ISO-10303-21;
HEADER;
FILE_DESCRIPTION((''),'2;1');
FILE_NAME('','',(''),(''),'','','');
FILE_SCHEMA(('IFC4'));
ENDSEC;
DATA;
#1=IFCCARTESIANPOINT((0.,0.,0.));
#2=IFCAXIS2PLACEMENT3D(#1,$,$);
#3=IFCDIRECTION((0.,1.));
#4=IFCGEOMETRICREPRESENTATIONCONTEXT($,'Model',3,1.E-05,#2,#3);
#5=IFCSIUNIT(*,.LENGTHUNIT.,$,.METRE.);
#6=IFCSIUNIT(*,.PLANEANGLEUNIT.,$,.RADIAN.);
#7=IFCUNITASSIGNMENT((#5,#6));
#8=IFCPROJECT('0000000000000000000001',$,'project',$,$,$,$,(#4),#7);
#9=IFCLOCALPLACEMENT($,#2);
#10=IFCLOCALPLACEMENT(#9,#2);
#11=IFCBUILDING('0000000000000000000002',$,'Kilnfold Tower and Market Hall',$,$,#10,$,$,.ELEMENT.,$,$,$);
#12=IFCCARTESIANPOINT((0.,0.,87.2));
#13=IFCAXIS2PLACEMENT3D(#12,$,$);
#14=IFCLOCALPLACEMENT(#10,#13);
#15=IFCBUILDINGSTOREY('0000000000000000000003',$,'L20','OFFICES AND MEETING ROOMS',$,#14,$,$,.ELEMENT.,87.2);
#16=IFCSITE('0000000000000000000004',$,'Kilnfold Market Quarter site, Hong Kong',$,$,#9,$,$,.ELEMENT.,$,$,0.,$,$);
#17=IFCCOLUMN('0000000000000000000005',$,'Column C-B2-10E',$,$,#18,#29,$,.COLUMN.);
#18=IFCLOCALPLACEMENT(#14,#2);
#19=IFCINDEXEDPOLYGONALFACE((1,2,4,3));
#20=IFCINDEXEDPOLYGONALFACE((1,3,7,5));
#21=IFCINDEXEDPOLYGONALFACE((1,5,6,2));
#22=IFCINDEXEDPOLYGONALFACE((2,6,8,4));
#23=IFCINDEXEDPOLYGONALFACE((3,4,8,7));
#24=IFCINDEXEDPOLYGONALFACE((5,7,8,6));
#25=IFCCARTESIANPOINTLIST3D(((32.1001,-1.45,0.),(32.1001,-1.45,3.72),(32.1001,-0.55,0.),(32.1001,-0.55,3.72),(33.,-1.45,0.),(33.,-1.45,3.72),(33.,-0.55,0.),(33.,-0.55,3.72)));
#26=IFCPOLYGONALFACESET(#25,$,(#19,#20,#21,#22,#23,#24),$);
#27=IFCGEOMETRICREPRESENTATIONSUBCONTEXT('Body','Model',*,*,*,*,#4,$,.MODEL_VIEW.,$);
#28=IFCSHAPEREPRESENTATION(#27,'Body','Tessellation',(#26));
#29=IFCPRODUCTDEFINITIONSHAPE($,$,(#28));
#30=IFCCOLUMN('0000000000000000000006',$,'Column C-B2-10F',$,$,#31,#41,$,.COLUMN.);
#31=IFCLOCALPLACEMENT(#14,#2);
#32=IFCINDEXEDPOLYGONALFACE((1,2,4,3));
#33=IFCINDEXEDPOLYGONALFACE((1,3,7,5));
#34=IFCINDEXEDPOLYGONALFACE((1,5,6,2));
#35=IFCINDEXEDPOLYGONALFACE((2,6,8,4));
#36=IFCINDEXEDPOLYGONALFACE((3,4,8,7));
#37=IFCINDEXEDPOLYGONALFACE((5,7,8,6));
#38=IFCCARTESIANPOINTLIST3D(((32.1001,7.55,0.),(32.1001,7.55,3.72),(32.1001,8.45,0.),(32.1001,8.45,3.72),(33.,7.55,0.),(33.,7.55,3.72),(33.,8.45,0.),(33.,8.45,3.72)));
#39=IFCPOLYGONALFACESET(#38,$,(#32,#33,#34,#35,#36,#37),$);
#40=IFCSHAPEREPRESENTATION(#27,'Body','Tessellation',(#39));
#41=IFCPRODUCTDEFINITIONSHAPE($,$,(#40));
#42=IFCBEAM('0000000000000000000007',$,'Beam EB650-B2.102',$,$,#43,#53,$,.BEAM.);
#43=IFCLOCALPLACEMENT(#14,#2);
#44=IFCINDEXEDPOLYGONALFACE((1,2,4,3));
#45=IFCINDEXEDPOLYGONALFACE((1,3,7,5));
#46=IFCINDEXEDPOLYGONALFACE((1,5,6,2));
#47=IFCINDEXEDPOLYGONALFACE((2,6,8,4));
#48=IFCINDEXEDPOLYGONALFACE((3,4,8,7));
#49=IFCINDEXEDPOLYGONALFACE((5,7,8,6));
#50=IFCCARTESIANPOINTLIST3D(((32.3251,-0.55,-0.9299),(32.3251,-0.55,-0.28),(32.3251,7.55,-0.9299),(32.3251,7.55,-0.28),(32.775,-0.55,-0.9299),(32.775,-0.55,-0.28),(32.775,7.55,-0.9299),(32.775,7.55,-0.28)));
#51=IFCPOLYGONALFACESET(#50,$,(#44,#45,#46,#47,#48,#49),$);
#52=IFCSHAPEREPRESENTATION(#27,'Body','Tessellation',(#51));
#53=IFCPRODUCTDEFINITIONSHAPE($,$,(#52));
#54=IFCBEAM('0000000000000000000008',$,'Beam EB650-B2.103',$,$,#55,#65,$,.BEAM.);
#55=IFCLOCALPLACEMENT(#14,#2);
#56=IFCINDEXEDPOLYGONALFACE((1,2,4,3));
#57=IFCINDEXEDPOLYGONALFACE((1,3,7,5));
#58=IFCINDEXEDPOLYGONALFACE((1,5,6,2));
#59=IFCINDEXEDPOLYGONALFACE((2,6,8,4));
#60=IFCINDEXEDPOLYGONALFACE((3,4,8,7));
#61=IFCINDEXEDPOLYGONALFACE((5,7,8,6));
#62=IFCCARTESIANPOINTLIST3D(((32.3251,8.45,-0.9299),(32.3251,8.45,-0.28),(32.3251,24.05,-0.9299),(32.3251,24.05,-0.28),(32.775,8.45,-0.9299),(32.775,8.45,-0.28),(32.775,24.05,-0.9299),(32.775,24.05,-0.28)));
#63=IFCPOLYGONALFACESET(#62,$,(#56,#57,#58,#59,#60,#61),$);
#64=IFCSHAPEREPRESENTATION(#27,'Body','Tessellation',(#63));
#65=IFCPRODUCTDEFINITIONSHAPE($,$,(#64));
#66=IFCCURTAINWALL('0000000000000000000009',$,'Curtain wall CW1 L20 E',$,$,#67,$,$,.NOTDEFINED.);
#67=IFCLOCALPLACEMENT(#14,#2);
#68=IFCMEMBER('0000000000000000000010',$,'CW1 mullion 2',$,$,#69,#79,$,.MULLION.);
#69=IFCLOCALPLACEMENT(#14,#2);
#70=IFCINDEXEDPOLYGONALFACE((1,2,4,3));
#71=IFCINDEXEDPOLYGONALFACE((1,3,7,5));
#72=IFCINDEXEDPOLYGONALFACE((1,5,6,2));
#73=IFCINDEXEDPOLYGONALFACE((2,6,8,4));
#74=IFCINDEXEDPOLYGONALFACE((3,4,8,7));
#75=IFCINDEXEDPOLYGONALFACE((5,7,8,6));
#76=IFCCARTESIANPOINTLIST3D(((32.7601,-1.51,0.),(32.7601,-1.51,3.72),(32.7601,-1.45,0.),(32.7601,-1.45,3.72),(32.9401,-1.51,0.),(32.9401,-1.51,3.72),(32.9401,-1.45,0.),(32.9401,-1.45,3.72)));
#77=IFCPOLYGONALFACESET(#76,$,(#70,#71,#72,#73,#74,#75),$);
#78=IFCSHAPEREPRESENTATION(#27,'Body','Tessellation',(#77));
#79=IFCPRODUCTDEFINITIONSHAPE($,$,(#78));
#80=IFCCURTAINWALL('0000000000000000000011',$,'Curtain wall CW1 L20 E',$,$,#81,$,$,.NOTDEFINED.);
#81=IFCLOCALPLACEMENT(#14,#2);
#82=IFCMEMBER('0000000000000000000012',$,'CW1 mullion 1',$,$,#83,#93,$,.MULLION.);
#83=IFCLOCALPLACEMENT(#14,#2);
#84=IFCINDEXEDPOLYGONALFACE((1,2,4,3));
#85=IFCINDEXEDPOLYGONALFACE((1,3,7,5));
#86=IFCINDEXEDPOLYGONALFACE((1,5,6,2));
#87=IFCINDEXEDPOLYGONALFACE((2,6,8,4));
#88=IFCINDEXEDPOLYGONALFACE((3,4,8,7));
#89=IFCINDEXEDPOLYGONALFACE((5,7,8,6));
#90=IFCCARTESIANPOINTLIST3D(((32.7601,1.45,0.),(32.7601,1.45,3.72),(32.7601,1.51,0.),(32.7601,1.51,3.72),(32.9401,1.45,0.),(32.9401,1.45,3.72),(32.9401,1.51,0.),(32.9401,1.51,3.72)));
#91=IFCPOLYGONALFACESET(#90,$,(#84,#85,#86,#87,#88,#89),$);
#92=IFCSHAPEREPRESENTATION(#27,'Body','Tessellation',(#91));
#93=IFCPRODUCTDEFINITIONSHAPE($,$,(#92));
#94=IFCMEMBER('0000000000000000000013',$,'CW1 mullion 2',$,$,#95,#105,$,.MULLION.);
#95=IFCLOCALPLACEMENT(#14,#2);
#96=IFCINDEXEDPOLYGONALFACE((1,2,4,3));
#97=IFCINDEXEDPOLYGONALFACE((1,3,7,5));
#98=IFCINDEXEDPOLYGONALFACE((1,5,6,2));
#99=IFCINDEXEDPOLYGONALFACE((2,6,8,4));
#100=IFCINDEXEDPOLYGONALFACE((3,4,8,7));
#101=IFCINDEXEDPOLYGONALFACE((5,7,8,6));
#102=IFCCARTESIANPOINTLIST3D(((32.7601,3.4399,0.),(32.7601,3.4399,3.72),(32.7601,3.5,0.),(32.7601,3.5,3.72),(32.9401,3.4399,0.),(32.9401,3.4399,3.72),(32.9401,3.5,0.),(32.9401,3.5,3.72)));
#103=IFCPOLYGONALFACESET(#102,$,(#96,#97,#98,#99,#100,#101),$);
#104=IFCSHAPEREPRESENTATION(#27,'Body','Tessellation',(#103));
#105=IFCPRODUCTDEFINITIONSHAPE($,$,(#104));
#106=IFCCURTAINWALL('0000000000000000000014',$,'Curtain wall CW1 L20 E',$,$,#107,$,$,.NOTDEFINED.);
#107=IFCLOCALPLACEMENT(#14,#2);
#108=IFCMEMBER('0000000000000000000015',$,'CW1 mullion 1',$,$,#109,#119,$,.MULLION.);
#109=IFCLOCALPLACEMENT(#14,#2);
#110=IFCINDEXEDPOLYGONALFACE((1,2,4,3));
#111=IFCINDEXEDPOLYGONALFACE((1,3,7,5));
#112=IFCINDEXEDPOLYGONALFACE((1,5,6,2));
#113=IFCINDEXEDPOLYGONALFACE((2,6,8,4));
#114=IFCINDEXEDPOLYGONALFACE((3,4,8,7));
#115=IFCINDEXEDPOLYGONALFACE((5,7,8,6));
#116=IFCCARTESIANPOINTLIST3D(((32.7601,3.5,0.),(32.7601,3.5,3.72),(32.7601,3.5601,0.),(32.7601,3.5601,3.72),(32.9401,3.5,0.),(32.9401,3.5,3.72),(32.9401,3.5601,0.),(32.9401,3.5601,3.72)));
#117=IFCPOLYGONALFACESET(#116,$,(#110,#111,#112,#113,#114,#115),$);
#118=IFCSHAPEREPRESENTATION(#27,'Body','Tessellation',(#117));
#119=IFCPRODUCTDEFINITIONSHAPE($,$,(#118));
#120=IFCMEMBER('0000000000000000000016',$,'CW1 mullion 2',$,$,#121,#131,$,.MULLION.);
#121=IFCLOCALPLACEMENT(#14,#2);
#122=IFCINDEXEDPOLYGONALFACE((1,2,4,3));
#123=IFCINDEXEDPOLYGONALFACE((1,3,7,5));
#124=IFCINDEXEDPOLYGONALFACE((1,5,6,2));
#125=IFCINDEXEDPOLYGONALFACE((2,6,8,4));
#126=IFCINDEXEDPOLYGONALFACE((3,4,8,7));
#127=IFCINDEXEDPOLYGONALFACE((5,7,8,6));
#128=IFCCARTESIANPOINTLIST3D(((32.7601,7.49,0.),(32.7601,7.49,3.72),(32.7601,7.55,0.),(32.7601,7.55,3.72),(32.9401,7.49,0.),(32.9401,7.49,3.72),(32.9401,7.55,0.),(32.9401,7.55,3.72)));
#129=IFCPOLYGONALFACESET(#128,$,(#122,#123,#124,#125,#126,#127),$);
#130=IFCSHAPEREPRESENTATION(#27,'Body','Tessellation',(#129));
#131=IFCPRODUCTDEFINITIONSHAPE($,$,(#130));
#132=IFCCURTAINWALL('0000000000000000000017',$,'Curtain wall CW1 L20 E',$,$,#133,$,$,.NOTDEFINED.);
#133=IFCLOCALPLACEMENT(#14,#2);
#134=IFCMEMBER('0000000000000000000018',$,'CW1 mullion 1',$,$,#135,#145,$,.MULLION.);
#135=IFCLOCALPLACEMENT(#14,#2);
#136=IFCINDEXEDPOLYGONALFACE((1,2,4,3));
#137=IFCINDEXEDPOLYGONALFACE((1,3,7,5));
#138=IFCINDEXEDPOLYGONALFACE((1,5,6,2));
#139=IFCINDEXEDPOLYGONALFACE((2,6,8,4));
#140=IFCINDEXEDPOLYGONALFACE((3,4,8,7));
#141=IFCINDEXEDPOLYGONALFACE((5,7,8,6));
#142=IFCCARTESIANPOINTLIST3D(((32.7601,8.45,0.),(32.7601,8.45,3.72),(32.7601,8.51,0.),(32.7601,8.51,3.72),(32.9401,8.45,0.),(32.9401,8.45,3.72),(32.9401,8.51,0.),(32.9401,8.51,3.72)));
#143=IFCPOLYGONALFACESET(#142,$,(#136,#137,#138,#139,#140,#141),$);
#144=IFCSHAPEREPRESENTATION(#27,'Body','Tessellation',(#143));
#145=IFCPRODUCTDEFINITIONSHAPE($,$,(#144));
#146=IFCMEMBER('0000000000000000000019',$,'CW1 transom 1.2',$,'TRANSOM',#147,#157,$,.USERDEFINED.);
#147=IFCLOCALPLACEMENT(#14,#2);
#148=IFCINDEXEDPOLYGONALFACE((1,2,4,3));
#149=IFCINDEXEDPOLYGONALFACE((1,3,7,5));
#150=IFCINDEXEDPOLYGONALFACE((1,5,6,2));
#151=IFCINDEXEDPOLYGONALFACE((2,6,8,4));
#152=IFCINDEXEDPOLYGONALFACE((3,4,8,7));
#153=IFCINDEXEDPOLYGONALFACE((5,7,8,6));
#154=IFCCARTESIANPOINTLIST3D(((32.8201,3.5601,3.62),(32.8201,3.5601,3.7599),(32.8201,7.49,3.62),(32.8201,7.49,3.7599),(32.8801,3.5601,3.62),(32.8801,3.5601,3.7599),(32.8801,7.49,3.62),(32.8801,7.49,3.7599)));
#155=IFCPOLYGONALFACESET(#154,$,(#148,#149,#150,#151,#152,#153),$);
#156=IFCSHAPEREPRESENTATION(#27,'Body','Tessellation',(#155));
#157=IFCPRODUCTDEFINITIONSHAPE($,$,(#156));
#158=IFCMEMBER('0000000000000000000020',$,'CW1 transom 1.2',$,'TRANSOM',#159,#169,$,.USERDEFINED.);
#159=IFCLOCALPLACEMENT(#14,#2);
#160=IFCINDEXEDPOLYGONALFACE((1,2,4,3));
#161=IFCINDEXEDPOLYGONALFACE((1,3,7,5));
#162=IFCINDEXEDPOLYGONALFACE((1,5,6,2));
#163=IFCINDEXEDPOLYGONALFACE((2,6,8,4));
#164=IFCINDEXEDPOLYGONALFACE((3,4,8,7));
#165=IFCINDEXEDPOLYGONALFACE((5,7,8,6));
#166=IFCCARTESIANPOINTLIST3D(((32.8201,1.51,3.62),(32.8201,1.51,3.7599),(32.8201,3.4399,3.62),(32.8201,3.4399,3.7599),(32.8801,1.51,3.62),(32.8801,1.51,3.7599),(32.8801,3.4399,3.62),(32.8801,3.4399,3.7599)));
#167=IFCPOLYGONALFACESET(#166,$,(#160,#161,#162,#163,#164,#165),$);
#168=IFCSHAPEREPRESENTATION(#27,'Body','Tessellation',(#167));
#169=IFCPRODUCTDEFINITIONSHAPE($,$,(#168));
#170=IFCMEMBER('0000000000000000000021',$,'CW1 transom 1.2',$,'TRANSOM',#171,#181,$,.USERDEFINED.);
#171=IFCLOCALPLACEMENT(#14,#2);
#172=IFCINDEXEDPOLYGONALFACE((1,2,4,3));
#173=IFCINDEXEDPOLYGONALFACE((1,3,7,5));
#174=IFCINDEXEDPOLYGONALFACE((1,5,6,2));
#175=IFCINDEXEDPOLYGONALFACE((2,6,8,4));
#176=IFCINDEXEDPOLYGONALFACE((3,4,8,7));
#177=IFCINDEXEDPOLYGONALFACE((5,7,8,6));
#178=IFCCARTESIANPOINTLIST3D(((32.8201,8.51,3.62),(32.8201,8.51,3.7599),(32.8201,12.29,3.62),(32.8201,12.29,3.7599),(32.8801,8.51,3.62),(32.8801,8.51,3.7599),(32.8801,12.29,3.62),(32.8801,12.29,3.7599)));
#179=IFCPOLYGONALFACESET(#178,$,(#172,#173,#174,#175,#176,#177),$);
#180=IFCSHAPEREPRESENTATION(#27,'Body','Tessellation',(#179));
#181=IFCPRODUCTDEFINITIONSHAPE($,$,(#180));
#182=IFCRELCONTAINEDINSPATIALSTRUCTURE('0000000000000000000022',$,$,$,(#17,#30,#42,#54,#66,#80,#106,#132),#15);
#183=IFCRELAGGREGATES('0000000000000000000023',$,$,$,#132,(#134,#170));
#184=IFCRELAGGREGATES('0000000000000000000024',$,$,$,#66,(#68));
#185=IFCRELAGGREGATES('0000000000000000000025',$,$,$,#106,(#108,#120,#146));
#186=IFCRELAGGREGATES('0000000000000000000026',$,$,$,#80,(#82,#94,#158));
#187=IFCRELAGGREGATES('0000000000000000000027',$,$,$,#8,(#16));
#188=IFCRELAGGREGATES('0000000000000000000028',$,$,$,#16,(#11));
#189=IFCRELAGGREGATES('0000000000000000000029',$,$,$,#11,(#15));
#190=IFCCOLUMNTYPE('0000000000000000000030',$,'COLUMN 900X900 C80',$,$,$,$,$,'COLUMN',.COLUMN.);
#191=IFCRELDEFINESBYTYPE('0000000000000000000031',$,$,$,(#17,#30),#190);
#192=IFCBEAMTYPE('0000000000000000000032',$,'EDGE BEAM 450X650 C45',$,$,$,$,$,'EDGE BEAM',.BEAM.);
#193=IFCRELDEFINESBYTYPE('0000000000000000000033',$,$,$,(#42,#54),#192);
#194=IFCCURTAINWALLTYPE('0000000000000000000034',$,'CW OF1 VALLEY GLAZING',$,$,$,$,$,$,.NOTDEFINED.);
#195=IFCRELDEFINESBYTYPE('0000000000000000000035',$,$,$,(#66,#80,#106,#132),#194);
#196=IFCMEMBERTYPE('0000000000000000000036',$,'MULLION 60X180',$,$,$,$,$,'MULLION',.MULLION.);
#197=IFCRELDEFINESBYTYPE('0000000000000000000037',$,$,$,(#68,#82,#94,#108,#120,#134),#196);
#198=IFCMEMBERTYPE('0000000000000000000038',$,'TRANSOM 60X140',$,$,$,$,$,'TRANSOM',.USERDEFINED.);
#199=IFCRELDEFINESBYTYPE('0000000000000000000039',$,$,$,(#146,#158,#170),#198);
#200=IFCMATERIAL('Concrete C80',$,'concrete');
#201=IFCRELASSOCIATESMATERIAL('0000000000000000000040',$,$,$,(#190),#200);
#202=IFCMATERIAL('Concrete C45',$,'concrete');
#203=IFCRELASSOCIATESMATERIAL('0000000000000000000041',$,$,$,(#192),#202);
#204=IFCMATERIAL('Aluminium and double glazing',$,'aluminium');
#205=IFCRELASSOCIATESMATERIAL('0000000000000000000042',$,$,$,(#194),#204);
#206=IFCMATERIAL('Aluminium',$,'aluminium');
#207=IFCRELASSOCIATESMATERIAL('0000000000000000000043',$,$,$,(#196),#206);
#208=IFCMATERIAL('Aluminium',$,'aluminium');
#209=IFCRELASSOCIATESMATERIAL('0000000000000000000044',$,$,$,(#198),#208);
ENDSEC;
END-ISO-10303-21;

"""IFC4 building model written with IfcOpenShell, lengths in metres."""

from ifc_helpers import new_model, si_unit, direction, frame, origin, origin_2d, place, context, subcontext, project, spatial, rectangle, extrude, source, transform, mapped, material, material_profile, profile_set, type_object, element, aggregate, save


model = new_model("IFC4")

# Units and contexts
model_context = context("Model", 3, precision=1e-05, world=origin(), true_north=direction((0.0, 1.0)))
body_context = subcontext(model_context, "Body", "Model", "MODEL_VIEW")
ifc_project = project(units=[si_unit("LENGTHUNIT", "METRE"), si_unit("PLANEANGLEUNIT", "RADIAN")], contexts=[model_context])

# Site, building, storey
site_placement = place(None, origin())
site = spatial("IfcSite", under=ifc_project, at=site_placement, Name="Kilnfold Market Quarter site, Hong Kong", CompositionType="ELEMENT", RefElevation=0.0)
building_placement = place(site_placement, origin())
building = spatial("IfcBuilding", under=site, at=building_placement, Name="Kilnfold Tower and Market Hall", CompositionType="ELEMENT")
storey_placement = place(building_placement, frame((0.0, 0.0, 87.2)))
storey = spatial("IfcBuildingStorey", under=building, at=storey_placement, Name="L20", Description="OFFICES AND MEETING ROOMS", CompositionType="ELEMENT", Elevation=87.2)

# Columns
ifc_material_1 = material(Name="Concrete C80", Category="concrete")
ifc_material_profile_1 = material_profile(ifc_material_1, rectangle(XDim=0.8999, YDim=0.8999, at=origin_2d()), Name="RC 900x900")
ifc_profile_set_1 = profile_set([ifc_material_profile_1], Name="Concrete C80")
column_type = type_object("IfcColumnType", Name="COLUMN 900X900 C80", ElementType="COLUMN", PredefinedType="COLUMN", material=ifc_profile_set_1)
shared_shape_1 = source(origin(), body_context, "Body", "SweptSolid", [
    extrude(rectangle(XDim=0.8999, YDim=0.8999, at=origin_2d()), origin(), (0.0, 0.0, 1.0), 3.72),
])
for number, where, z_axis, x_axis, name in (
    (1, (32.55, -1.0, 0.0), (0.0, 0.0, 1.0), (1.0, 0.0, 0.0), "Column C-B2-10E"),
    (2, (32.55, 8.0, 0.0), (0.0, 0.0, 1.0), (1.0, 0.0, 0.0), "Column C-B2-10F"),
):
    element("IfcColumn", number, at=place(storey_placement, frame(where, z_axis=z_axis, x_axis=x_axis)), inside=storey, type_object=column_type, Name=name, PredefinedType="COLUMN", context=body_context, shape_type="MappedRepresentation", body=[
        mapped(shared_shape_1, transform((0.0, 0.0, 0.0))),
    ])

# Beams
ifc_material_2 = material(Name="Concrete C45", Category="concrete")
ifc_material_profile_2 = material_profile(ifc_material_2, rectangle(XDim=0.45, YDim=0.6499, at=origin_2d()), Name="RC 450x650")
ifc_profile_set_2 = profile_set([ifc_material_profile_2], Name="Concrete C45")
beam_type = type_object("IfcBeamType", Name="EDGE BEAM 450X650 C45", ElementType="EDGE BEAM", PredefinedType="BEAM", material=ifc_profile_set_2)
shared_shape_2 = source(origin(), body_context, "Body", "SweptSolid", [
    extrude(rectangle(XDim=0.45, YDim=0.6499, at=origin_2d()), origin(), (0.0, 0.0, 1.0), 8.1001),
])
beam_1_placement = place(storey_placement, frame((32.55, -0.55, -0.605), z_axis=(0.0, 1.0, 0.0), x_axis=(-1.0, 0.0, 0.0)))
element("IfcBeam", 3, at=beam_1_placement, inside=storey, type_object=beam_type, Name="Beam EB650-B2.102", PredefinedType="BEAM", context=body_context, shape_type="MappedRepresentation", body=[
    mapped(shared_shape_2, transform((0.0, 0.0, 0.0))),
])
shared_shape_3 = source(origin(), body_context, "Body", "SweptSolid", [
    extrude(rectangle(XDim=0.45, YDim=0.6499, at=origin_2d()), origin(), (0.0, 0.0, 1.0), 15.6001),
])
beam_2_placement = place(storey_placement, frame((32.55, 8.45, -0.605), z_axis=(0.0, 1.0, 0.0), x_axis=(-1.0, 0.0, 0.0)))
element("IfcBeam", 4, at=beam_2_placement, inside=storey, type_object=beam_type, Name="Beam EB650-B2.103", PredefinedType="BEAM", context=body_context, shape_type="MappedRepresentation", body=[
    mapped(shared_shape_3, transform((0.0, 0.0, 0.0))),
])

# Curtain wall, member
ifc_material_3 = material(Name="Aluminium and double glazing", Category="aluminium")
curtain_wall_type = type_object("IfcCurtainWallType", Name="CW OF1 VALLEY GLAZING", PredefinedType="NOTDEFINED", material=ifc_material_3)
curtain_wall_1_placement = place(storey_placement, origin())
curtain_wall_1 = element("IfcCurtainWall", 5, at=curtain_wall_1_placement, inside=storey, type_object=curtain_wall_type, Name="Curtain wall CW1 L20 E", PredefinedType="NOTDEFINED")
ifc_material_4 = material(Name="Aluminium", Category="aluminium")
ifc_material_profile_3 = material_profile(ifc_material_4, rectangle(XDim=0.0601, YDim=0.1799, at=origin_2d()), Name="MULLION 60x180")
ifc_profile_set_3 = profile_set([ifc_material_profile_3], Name="Aluminium")
member_type_1 = type_object("IfcMemberType", Name="MULLION 60X180", ElementType="MULLION", PredefinedType="MULLION", material=ifc_profile_set_3)
shared_shape_4 = source(origin(), body_context, "Body", "SweptSolid", [
    extrude(rectangle(XDim=0.0601, YDim=0.1799, at=origin_2d()), origin(), (0.0, 0.0, 1.0), 3.72),
])
member_1_placement = place(storey_placement, frame((32.8501, -1.48, 0.0), z_axis=(0.0, 0.0, 1.0), x_axis=(0.0, 1.0, 0.0)))
member_1 = element("IfcMember", 6, at=member_1_placement, type_object=member_type_1, Name="CW1 mullion 2", PredefinedType="MULLION", context=body_context, shape_type="MappedRepresentation", body=[
    mapped(shared_shape_4, transform((0.0, 0.0, 0.0))),
])

# Curtain walls, members
curtain_wall_2_placement = place(storey_placement, origin())
curtain_wall_2 = element("IfcCurtainWall", 7, at=curtain_wall_2_placement, inside=storey, type_object=curtain_wall_type, Name="Curtain wall CW1 L20 E", PredefinedType="NOTDEFINED")
member_2_placement = place(storey_placement, frame((32.8501, 1.48, 0.0), z_axis=(0.0, 0.0, 1.0), x_axis=(0.0, 1.0, 0.0)))
member_2 = element("IfcMember", 8, at=member_2_placement, type_object=member_type_1, Name="CW1 mullion 1", PredefinedType="MULLION", context=body_context, shape_type="MappedRepresentation", body=[
    mapped(shared_shape_4, transform((0.0, 0.0, 0.0))),
])
member_3_placement = place(storey_placement, frame((32.8501, 3.47, 0.0), z_axis=(0.0, 0.0, 1.0), x_axis=(0.0, 1.0, 0.0)))
member_3 = element("IfcMember", 9, at=member_3_placement, type_object=member_type_1, Name="CW1 mullion 2", PredefinedType="MULLION", context=body_context, shape_type="MappedRepresentation", body=[
    mapped(shared_shape_4, transform((0.0, 0.0, 0.0))),
])
curtain_wall_3_placement = place(storey_placement, origin())
curtain_wall_3 = element("IfcCurtainWall", 10, at=curtain_wall_3_placement, inside=storey, type_object=curtain_wall_type, Name="Curtain wall CW1 L20 E", PredefinedType="NOTDEFINED")
member_4_placement = place(storey_placement, frame((32.8501, 3.53, 0.0), z_axis=(0.0, 0.0, 1.0), x_axis=(0.0, 1.0, 0.0)))
member_4 = element("IfcMember", 11, at=member_4_placement, type_object=member_type_1, Name="CW1 mullion 1", PredefinedType="MULLION", context=body_context, shape_type="MappedRepresentation", body=[
    mapped(shared_shape_4, transform((0.0, 0.0, 0.0))),
])
member_5_placement = place(storey_placement, frame((32.8501, 7.52, 0.0), z_axis=(0.0, 0.0, 1.0), x_axis=(0.0, 1.0, 0.0)))
member_5 = element("IfcMember", 12, at=member_5_placement, type_object=member_type_1, Name="CW1 mullion 2", PredefinedType="MULLION", context=body_context, shape_type="MappedRepresentation", body=[
    mapped(shared_shape_4, transform((0.0, 0.0, 0.0))),
])

# Curtain wall, member
curtain_wall_4_placement = place(storey_placement, origin())
curtain_wall_4 = element("IfcCurtainWall", 13, at=curtain_wall_4_placement, inside=storey, type_object=curtain_wall_type, Name="Curtain wall CW1 L20 E", PredefinedType="NOTDEFINED")
member_6_placement = place(storey_placement, frame((32.8501, 8.48, 0.0), z_axis=(0.0, 0.0, 1.0), x_axis=(0.0, 1.0, 0.0)))
member_6 = element("IfcMember", 14, at=member_6_placement, type_object=member_type_1, Name="CW1 mullion 1", PredefinedType="MULLION", context=body_context, shape_type="MappedRepresentation", body=[
    mapped(shared_shape_4, transform((0.0, 0.0, 0.0))),
])

# Members
ifc_material_5 = material(Name="Aluminium", Category="aluminium")
ifc_material_profile_4 = material_profile(ifc_material_5, rectangle(XDim=0.0601, YDim=0.1399, at=origin_2d()), Name="TRANSOM 60x140")
ifc_profile_set_4 = profile_set([ifc_material_profile_4], Name="Aluminium")
member_type_2 = type_object("IfcMemberType", Name="TRANSOM 60X140", ElementType="TRANSOM", PredefinedType="USERDEFINED", material=ifc_profile_set_4)
shared_shape_5 = source(origin(), body_context, "Body", "SweptSolid", [
    extrude(rectangle(XDim=0.0601, YDim=0.1399, at=origin_2d()), origin(), (0.0, 0.0, 1.0), 3.9299),
])
member_7_placement = place(storey_placement, frame((32.8501, 3.5601, 3.6899), z_axis=(0.0, 1.0, 0.0), x_axis=(-1.0, 0.0, 0.0)))
member_7 = element("IfcMember", 15, at=member_7_placement, type_object=member_type_2, Name="CW1 transom 1.2", ObjectType="TRANSOM", PredefinedType="USERDEFINED", context=body_context, shape_type="MappedRepresentation", body=[
    mapped(shared_shape_5, transform((0.0, 0.0, 0.0))),
])
shared_shape_6 = source(origin(), body_context, "Body", "SweptSolid", [
    extrude(rectangle(XDim=0.0601, YDim=0.1399, at=origin_2d()), origin(), (0.0, 0.0, 1.0), 1.9299),
])
member_8_placement = place(storey_placement, frame((32.8501, 1.51, 3.6899), z_axis=(0.0, 1.0, 0.0), x_axis=(-1.0, 0.0, 0.0)))
member_8 = element("IfcMember", 16, at=member_8_placement, type_object=member_type_2, Name="CW1 transom 1.2", ObjectType="TRANSOM", PredefinedType="USERDEFINED", context=body_context, shape_type="MappedRepresentation", body=[
    mapped(shared_shape_6, transform((0.0, 0.0, 0.0))),
])
shared_shape_7 = source(origin(), body_context, "Body", "SweptSolid", [
    extrude(rectangle(XDim=0.0601, YDim=0.1399, at=origin_2d()), origin(), (0.0, 0.0, 1.0), 3.78),
])
member_9_placement = place(storey_placement, frame((32.8501, 8.51, 3.6899), z_axis=(0.0, 1.0, 0.0), x_axis=(-1.0, 0.0, 0.0)))
member_9 = element("IfcMember", 17, at=member_9_placement, type_object=member_type_2, Name="CW1 transom 1.2", ObjectType="TRANSOM", PredefinedType="USERDEFINED", context=body_context, shape_type="MappedRepresentation", body=[
    mapped(shared_shape_7, transform((0.0, 0.0, 0.0))),
])
aggregate(curtain_wall_4, [member_6, member_9])

aggregate(curtain_wall_1, [member_1])
aggregate(curtain_wall_3, [member_4, member_5, member_7])
aggregate(curtain_wall_2, [member_2, member_3, member_8])

save(model, "model.ifc")
